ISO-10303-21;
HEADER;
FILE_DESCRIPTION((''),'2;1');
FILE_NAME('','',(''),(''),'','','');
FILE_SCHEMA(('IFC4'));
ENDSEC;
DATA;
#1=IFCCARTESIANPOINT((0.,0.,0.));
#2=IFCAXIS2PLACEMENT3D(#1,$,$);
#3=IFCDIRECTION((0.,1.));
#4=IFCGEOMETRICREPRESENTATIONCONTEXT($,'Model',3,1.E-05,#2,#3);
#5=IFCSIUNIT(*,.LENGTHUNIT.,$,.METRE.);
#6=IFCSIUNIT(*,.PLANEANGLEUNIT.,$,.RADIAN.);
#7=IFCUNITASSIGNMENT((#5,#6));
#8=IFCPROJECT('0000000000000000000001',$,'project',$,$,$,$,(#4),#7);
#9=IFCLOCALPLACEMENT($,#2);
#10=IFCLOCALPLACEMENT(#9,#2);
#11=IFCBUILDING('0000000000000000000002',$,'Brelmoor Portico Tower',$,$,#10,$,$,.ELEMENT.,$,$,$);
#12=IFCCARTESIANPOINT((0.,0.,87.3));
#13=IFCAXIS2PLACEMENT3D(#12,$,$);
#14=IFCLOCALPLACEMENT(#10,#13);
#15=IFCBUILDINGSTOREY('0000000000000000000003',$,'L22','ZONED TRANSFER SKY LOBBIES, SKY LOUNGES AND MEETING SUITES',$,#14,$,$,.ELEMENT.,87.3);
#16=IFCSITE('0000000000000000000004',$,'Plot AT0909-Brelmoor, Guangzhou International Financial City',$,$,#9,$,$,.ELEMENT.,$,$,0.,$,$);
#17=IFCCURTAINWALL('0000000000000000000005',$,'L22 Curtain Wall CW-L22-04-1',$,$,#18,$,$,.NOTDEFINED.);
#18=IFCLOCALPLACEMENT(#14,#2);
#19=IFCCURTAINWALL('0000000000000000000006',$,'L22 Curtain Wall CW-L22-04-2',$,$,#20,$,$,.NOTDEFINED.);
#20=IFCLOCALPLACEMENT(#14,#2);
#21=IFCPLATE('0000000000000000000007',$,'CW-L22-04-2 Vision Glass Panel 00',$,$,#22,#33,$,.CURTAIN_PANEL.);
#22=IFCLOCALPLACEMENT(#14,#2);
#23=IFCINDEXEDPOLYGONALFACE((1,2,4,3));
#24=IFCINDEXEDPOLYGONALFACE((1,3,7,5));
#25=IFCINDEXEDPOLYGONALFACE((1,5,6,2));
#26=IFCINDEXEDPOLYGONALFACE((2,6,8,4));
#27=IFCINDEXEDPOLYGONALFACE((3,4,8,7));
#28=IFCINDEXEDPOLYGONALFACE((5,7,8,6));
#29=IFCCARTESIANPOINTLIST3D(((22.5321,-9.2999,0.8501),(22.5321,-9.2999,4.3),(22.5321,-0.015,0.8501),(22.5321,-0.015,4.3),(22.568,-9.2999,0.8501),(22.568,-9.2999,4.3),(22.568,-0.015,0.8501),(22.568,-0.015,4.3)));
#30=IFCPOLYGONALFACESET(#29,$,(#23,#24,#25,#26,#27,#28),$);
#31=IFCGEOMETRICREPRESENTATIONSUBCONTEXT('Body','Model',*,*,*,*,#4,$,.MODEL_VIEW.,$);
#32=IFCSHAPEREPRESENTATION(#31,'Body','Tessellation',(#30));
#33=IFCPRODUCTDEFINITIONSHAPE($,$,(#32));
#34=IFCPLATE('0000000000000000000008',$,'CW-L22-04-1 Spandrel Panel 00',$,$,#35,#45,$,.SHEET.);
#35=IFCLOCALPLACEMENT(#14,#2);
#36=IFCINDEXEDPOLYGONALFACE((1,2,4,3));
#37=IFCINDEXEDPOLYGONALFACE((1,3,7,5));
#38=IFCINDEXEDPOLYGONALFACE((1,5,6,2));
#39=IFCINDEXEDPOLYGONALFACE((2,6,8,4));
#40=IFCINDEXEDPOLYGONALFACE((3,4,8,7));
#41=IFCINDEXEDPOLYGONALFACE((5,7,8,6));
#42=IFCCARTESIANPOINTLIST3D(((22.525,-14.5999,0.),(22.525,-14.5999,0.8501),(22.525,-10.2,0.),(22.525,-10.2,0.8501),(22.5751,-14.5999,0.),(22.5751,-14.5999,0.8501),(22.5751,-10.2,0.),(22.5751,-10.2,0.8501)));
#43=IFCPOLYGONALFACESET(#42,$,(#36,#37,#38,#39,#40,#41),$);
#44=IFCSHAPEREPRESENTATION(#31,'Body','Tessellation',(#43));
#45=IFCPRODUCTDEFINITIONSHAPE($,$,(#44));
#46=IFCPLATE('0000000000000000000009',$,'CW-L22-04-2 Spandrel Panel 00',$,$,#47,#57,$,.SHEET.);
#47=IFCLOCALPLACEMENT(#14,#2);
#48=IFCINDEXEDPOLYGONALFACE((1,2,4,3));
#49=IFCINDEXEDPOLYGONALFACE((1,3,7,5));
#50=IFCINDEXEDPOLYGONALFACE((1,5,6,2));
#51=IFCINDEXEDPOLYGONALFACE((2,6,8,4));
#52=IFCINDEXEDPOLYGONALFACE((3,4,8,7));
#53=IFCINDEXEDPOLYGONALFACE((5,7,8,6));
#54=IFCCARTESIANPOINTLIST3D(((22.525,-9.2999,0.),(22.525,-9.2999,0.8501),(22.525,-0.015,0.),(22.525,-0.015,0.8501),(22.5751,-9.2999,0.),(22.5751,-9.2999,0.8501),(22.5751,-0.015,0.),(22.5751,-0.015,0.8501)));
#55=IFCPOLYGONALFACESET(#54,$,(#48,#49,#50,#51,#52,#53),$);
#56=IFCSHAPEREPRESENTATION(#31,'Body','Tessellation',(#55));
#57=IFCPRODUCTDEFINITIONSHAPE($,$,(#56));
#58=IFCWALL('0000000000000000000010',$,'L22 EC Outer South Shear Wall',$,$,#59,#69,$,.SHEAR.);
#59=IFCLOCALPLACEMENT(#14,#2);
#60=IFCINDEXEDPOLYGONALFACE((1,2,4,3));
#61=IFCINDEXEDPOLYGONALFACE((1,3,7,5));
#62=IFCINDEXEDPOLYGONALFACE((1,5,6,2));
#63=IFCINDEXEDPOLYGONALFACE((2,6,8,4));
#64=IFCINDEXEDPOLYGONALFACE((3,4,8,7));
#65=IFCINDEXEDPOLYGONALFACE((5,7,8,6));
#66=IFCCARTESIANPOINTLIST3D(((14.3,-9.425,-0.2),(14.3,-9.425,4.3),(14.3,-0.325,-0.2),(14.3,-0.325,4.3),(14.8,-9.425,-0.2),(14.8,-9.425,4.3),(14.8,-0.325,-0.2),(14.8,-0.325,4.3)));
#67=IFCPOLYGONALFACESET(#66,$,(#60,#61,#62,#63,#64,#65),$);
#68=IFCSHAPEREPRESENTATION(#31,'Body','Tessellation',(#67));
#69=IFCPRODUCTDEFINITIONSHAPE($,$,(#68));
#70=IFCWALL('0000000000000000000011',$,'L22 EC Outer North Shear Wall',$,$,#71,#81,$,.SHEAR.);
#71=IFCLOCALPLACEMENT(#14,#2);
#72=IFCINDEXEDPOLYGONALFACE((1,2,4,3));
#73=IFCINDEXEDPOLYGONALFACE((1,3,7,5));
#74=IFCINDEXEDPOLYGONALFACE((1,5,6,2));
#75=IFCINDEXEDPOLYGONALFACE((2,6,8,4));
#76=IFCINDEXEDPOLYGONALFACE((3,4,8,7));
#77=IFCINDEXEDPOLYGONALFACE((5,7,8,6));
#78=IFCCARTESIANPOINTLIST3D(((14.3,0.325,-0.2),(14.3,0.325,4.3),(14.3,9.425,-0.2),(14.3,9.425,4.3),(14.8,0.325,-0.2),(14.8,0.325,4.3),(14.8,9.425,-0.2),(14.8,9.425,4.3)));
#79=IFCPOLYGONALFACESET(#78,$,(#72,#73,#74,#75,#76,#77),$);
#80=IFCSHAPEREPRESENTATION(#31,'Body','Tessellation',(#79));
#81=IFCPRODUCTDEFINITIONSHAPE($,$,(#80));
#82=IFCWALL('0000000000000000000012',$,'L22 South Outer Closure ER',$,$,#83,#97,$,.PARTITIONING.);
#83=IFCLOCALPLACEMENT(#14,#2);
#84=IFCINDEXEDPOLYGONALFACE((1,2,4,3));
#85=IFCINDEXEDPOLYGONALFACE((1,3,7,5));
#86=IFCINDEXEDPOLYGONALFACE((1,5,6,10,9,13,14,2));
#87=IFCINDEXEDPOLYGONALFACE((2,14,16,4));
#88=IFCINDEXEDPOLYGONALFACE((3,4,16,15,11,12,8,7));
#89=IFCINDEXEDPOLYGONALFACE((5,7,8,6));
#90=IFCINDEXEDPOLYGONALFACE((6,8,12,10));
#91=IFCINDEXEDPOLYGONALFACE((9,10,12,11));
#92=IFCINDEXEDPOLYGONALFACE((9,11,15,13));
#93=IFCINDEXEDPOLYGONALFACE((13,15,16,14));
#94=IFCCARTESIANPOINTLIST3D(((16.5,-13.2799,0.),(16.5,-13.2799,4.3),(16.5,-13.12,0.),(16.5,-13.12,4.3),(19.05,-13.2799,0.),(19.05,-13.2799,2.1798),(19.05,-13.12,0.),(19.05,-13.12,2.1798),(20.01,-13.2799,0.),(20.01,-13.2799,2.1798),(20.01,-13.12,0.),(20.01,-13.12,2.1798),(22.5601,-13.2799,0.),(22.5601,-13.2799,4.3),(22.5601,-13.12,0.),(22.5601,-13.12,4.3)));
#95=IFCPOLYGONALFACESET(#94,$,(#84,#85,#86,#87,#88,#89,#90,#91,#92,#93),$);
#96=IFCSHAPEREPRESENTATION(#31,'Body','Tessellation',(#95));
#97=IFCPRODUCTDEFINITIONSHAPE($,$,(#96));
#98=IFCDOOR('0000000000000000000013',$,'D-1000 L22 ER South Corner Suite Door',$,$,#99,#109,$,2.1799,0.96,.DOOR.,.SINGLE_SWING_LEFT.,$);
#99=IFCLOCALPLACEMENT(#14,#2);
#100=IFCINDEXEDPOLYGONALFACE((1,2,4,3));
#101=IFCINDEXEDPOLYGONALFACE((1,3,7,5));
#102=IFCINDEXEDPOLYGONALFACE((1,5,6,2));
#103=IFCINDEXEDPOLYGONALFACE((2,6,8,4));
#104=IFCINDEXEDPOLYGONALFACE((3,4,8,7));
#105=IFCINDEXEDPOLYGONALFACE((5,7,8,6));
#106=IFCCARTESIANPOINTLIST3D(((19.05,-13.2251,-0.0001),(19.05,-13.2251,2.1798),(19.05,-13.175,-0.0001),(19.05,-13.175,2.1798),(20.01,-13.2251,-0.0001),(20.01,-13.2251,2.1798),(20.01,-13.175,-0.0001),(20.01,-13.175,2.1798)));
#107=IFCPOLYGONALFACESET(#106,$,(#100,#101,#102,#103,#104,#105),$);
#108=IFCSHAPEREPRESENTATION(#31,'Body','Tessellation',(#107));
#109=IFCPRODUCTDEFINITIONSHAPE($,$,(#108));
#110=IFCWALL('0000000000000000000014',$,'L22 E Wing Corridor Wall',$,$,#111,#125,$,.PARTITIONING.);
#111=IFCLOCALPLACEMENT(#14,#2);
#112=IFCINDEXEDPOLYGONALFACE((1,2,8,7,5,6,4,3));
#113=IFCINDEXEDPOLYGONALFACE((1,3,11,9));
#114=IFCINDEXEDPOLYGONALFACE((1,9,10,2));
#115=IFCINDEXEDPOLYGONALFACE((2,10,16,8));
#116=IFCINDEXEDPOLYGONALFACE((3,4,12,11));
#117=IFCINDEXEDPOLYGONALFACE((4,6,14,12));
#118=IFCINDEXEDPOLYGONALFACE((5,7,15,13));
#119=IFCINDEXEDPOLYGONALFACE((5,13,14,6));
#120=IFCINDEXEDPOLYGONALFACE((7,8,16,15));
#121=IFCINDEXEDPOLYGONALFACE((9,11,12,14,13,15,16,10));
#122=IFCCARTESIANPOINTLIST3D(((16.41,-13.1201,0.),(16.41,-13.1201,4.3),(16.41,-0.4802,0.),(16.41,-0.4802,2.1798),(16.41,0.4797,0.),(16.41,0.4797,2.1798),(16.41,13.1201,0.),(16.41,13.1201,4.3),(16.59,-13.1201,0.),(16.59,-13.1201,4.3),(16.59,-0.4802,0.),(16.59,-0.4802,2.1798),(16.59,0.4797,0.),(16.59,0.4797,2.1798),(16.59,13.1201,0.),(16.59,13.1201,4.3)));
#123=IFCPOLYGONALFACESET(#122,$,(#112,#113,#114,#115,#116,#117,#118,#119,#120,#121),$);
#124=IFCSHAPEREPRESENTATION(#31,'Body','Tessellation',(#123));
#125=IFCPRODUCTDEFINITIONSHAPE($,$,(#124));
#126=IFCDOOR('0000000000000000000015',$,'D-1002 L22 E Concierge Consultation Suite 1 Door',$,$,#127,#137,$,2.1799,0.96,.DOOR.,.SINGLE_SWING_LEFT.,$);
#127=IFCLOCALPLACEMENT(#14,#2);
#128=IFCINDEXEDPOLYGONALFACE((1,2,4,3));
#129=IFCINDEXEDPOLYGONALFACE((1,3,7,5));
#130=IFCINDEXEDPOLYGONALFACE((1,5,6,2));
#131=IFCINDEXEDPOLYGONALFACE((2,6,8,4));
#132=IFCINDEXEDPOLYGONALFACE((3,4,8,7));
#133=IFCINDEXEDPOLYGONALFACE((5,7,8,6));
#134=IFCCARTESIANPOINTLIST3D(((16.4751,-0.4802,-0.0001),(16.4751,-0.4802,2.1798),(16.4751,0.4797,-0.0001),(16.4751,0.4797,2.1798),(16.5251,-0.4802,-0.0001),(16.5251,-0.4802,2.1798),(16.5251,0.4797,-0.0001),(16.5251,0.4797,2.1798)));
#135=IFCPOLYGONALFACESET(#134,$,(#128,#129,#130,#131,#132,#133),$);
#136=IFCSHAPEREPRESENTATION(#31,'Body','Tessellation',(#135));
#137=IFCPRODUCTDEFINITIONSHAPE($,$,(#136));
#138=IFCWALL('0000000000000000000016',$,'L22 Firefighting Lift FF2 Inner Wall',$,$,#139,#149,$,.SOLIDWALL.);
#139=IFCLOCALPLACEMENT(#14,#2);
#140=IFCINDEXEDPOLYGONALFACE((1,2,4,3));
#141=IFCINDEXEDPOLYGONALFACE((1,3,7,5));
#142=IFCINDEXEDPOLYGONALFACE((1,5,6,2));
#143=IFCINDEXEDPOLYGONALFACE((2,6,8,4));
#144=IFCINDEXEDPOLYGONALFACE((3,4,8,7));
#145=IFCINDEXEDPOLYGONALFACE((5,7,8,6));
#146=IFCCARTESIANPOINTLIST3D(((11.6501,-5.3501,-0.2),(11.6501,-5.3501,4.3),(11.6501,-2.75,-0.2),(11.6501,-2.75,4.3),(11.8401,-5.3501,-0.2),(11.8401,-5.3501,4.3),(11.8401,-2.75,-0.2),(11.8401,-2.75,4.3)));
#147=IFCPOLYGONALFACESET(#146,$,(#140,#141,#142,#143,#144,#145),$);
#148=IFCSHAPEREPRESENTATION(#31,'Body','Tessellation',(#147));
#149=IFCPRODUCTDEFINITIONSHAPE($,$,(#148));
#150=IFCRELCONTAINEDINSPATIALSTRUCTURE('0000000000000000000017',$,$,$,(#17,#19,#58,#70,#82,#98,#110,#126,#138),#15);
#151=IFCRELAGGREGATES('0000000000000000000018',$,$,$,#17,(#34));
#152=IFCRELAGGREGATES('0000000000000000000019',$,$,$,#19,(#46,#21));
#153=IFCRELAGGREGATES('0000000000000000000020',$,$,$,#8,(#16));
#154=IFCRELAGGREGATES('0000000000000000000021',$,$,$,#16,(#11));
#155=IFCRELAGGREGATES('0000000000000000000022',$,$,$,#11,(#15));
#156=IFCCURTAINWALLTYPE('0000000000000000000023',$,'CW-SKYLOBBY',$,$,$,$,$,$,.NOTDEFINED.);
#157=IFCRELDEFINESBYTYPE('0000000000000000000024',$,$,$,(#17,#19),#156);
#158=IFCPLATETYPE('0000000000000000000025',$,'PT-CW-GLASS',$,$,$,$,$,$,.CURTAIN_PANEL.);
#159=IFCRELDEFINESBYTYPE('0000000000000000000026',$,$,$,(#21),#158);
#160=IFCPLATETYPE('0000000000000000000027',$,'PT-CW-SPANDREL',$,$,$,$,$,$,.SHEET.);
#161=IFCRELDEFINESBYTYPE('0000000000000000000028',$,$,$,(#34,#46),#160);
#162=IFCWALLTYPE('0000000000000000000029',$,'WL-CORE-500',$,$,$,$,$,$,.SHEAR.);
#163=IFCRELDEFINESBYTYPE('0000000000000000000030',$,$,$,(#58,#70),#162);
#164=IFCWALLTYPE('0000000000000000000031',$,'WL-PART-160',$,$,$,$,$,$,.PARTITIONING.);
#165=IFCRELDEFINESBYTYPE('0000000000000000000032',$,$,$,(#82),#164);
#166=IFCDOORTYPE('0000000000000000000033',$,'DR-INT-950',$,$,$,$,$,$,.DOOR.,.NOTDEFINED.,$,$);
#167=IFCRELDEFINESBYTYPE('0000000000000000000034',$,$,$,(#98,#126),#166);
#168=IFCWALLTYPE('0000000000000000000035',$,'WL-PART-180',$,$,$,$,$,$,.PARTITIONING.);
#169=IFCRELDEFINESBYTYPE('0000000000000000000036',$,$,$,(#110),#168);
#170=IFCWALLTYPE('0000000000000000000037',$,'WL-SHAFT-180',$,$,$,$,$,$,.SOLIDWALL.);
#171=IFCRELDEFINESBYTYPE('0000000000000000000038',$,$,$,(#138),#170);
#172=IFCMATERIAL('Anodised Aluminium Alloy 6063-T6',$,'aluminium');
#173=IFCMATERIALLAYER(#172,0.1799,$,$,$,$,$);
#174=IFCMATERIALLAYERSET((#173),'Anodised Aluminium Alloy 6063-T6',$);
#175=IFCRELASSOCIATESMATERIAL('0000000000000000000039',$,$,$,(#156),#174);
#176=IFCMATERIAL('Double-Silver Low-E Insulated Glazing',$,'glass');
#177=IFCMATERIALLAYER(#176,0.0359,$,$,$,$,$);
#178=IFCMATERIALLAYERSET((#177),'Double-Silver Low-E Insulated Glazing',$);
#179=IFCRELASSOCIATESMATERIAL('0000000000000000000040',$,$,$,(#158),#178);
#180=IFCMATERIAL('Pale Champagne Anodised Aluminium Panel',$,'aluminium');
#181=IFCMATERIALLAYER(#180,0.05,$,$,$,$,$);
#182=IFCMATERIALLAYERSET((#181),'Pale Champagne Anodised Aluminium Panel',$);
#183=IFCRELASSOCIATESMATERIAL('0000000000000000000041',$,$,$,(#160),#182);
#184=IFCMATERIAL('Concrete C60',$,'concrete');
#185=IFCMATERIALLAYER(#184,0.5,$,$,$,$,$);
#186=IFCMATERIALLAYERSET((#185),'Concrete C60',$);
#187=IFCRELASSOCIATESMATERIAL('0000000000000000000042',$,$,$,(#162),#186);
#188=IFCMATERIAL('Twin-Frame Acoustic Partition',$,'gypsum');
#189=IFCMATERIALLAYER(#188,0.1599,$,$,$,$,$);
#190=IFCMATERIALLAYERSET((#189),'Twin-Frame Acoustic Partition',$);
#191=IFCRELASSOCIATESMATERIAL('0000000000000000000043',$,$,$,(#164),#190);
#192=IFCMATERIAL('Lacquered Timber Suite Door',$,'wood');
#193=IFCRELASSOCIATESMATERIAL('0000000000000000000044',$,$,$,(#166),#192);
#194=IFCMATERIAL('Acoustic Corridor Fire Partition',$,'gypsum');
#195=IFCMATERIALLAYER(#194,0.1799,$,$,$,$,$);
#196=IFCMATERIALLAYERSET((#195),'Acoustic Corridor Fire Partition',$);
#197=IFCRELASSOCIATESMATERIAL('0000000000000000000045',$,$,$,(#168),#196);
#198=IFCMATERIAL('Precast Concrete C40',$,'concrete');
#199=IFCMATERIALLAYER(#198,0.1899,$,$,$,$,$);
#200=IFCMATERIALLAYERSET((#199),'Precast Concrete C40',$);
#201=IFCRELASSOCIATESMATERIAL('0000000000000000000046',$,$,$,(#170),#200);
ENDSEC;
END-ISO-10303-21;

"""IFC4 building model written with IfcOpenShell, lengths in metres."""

from ifc_helpers import new_model, si_unit, direction, frame, frame_2d, origin, origin_2d, place, context, subcontext, project, spatial, rectangle, extrude, material, layer, layer_set, type_object, element, fill, aggregate, save


model = new_model("IFC4")

# Units and contexts
model_context = context("Model", 3, precision=1e-05, world=origin(), true_north=direction((0.0, 1.0)))
body_context = subcontext(model_context, "Body", "Model", "MODEL_VIEW")
ifc_project = project(units=[si_unit("LENGTHUNIT", "METRE"), si_unit("PLANEANGLEUNIT", "RADIAN")], contexts=[model_context])

# Site, building, storey
site_placement = place(None, origin())
site = spatial("IfcSite", under=ifc_project, at=site_placement, Name="Plot AT0909-Brelmoor, Guangzhou International Financial City", CompositionType="ELEMENT", RefElevation=0.0)
building_placement = place(site_placement, origin())
building = spatial("IfcBuilding", under=site, at=building_placement, Name="Brelmoor Portico Tower", CompositionType="ELEMENT")
storey_placement = place(building_placement, frame((0.0, 0.0, 87.3)))
storey = spatial("IfcBuildingStorey", under=building, at=storey_placement, Name="L22", Description="ZONED TRANSFER SKY LOBBIES, SKY LOUNGES AND MEETING SUITES", CompositionType="ELEMENT", Elevation=87.3)

# Curtain walls
ifc_material_1 = material(Name="Anodised Aluminium Alloy 6063-T6", Category="aluminium")
ifc_layer_1 = layer(ifc_material_1, 0.1799)
ifc_layer_set_1 = layer_set([ifc_layer_1], Name="Anodised Aluminium Alloy 6063-T6")
curtain_wall_type = type_object("IfcCurtainWallType", Name="CW-SKYLOBBY", PredefinedType="NOTDEFINED", material=ifc_layer_set_1)
curtain_wall_1_placement = place(storey_placement, origin())
curtain_wall_1 = element("IfcCurtainWall", 1, at=curtain_wall_1_placement, inside=storey, type_object=curtain_wall_type, Name="L22 Curtain Wall CW-L22-04-1", PredefinedType="NOTDEFINED")
curtain_wall_2_placement = place(storey_placement, origin())
curtain_wall_2 = element("IfcCurtainWall", 2, at=curtain_wall_2_placement, inside=storey, type_object=curtain_wall_type, Name="L22 Curtain Wall CW-L22-04-2", PredefinedType="NOTDEFINED")

# Plates
ifc_material_2 = material(Name="Double-Silver Low-E Insulated Glazing", Category="glass")
ifc_layer_2 = layer(ifc_material_2, 0.0359)
ifc_layer_set_2 = layer_set([ifc_layer_2], Name="Double-Silver Low-E Insulated Glazing")
plate_type_1 = type_object("IfcPlateType", Name="PT-CW-GLASS", PredefinedType="CURTAIN_PANEL", material=ifc_layer_set_2)
plate_1_placement = place(storey_placement, frame((22.55, -4.6575, 0.8501), z_axis=(0.0, 0.0, 1.0), x_axis=(0.0, 1.0, 0.0)))
plate_1 = element("IfcPlate", 3, at=plate_1_placement, type_object=plate_type_1, Name="CW-L22-04-2 Vision Glass Panel 00", PredefinedType="CURTAIN_PANEL", context=body_context, shape_type="SweptSolid", body=[
    extrude(rectangle(XDim=9.2849, YDim=0.0359, at=origin_2d()), origin(), (0.0, 0.0, 1.0), 3.45),
])
ifc_material_3 = material(Name="Pale Champagne Anodised Aluminium Panel", Category="aluminium")
ifc_layer_3 = layer(ifc_material_3, 0.05)
ifc_layer_set_3 = layer_set([ifc_layer_3], Name="Pale Champagne Anodised Aluminium Panel")
plate_type_2 = type_object("IfcPlateType", Name="PT-CW-SPANDREL", PredefinedType="SHEET", material=ifc_layer_set_3)
plate_2_placement = place(storey_placement, frame((22.55, -12.3999, 0.0), z_axis=(0.0, 0.0, 1.0), x_axis=(0.0, 1.0, 0.0)))
plate_2 = element("IfcPlate", 4, at=plate_2_placement, type_object=plate_type_2, Name="CW-L22-04-1 Spandrel Panel 00", PredefinedType="SHEET", context=body_context, shape_type="SweptSolid", body=[
    extrude(rectangle(XDim=4.3999, YDim=0.05, at=origin_2d()), origin(), (0.0, 0.0, 1.0), 0.8501),
])
aggregate(curtain_wall_1, [plate_2])
plate_3_placement = place(storey_placement, frame((22.55, -4.6575, 0.0), z_axis=(0.0, 0.0, 1.0), x_axis=(0.0, 1.0, 0.0)))
plate_3 = element("IfcPlate", 5, at=plate_3_placement, type_object=plate_type_2, Name="CW-L22-04-2 Spandrel Panel 00", PredefinedType="SHEET", context=body_context, shape_type="SweptSolid", body=[
    extrude(rectangle(XDim=9.2849, YDim=0.05, at=origin_2d()), origin(), (0.0, 0.0, 1.0), 0.8501),
])
aggregate(curtain_wall_2, [plate_3, plate_1])

# Walls
ifc_material_4 = material(Name="Concrete C60", Category="concrete")
ifc_layer_4 = layer(ifc_material_4, 0.5)
ifc_layer_set_4 = layer_set([ifc_layer_4], Name="Concrete C60")
wall_type_1 = type_object("IfcWallType", Name="WL-CORE-500", PredefinedType="SHEAR", material=ifc_layer_set_4)
for number, where, z_axis, x_axis, name in (
    (6, (14.55, -9.425, -0.2), (0.0, 0.0, 1.0), (0.0, 1.0, 0.0), "L22 EC Outer South Shear Wall"),
    (7, (14.55, 0.325, -0.2), (0.0, 0.0, 1.0), (0.0, 1.0, 0.0), "L22 EC Outer North Shear Wall"),
):
    element("IfcWall", number, at=place(storey_placement, frame(where, z_axis=z_axis, x_axis=x_axis)), inside=storey, type_object=wall_type_1, Name=name, PredefinedType="SHEAR", context=body_context, shape_type="SweptSolid", body=[
        extrude(rectangle(XDim=9.1001, YDim=0.5, at=frame_2d((4.55, 0.0))), origin(), (0.0, 0.0, 1.0), 4.5),
    ])

# Walls, openings, doors
ifc_material_5 = material(Name="Twin-Frame Acoustic Partition", Category="gypsum")
ifc_layer_5 = layer(ifc_material_5, 0.1599)
ifc_layer_set_5 = layer_set([ifc_layer_5], Name="Twin-Frame Acoustic Partition")
wall_type_2 = type_object("IfcWallType", Name="WL-PART-160", PredefinedType="PARTITIONING", material=ifc_layer_set_5)
wall_1_placement = place(storey_placement, frame((16.5, -13.2, 0.0), z_axis=(0.0, 0.0, 1.0), x_axis=(1.0, 0.0, 0.0)))
wall_1 = element("IfcWall", 8, at=wall_1_placement, inside=storey, type_object=wall_type_2, Name="L22 South Outer Closure ER", PredefinedType="PARTITIONING", context=body_context, shape_type="SweptSolid", body=[
    extrude(rectangle(XDim=6.0601, YDim=0.1599, at=frame_2d((3.03, 0.0))), origin(), (0.0, 0.0, 1.0), 4.3),
])
opening_1_placement = place(wall_1_placement, frame((2.55, 0.0, 0.0)))
opening_1 = element("IfcOpeningElement", 9, at=opening_1_placement, cuts=wall_1, PredefinedType="OPENING", context=body_context, shape_type="SweptSolid", body=[
    extrude(rectangle(XDim=0.96, YDim=2.1799, at=frame_2d((0.48, 1.0898))), frame((0.0, 0.0898, 0.0), z_axis=(0.0, -1.0, 0.0), x_axis=(1.0, 0.0, 0.0)), (0.0, 0.0, 1.0), 0.1799),
])
ifc_material_6 = material(Name="Lacquered Timber Suite Door", Category="wood")
door_type = type_object("IfcDoorType", Name="DR-INT-950", OperationType="NOTDEFINED", PredefinedType="DOOR", material=ifc_material_6)
door_1_placement = place(opening_1_placement, origin())
door_1 = element("IfcDoor", 10, at=door_1_placement, inside=storey, type_object=door_type, Name="D-1000 L22 ER South Corner Suite Door", OperationType="SINGLE_SWING_LEFT", OverallHeight=2.1799, OverallWidth=0.96, PredefinedType="DOOR", context=body_context, shape_type="SweptSolid", body=[
    extrude(rectangle(XDim=0.96, YDim=2.1799, at=frame_2d((0.48, 1.0898))), frame((0.0, 0.0249, 0.0), z_axis=(0.0, -1.0, 0.0), x_axis=(1.0, 0.0, 0.0)), (0.0, 0.0, 1.0), 0.05),
])
fill(opening_1, door_1)
ifc_material_7 = material(Name="Acoustic Corridor Fire Partition", Category="gypsum")
ifc_layer_6 = layer(ifc_material_7, 0.1799)
ifc_layer_set_6 = layer_set([ifc_layer_6], Name="Acoustic Corridor Fire Partition")
wall_type_3 = type_object("IfcWallType", Name="WL-PART-180", PredefinedType="PARTITIONING", material=ifc_layer_set_6)
wall_2_placement = place(storey_placement, frame((16.5, -13.1201, 0.0), z_axis=(0.0, 0.0, 1.0), x_axis=(0.0, 1.0, 0.0)))
wall_2 = element("IfcWall", 11, at=wall_2_placement, inside=storey, type_object=wall_type_3, Name="L22 E Wing Corridor Wall", PredefinedType="PARTITIONING", context=body_context, shape_type="SweptSolid", body=[
    extrude(rectangle(XDim=26.2402, YDim=0.1799, at=frame_2d((13.1201, 0.0))), origin(), (0.0, 0.0, 1.0), 4.3),
])
opening_2_placement = place(wall_2_placement, frame((12.6399, 0.0, 0.0)))
opening_2 = element("IfcOpeningElement", 12, at=opening_2_placement, cuts=wall_2, PredefinedType="OPENING", context=body_context, shape_type="SweptSolid", body=[
    extrude(rectangle(XDim=0.96, YDim=2.1799, at=frame_2d((0.48, 1.0898))), frame((0.0, 0.0999, 0.0), z_axis=(0.0, -1.0, 0.0), x_axis=(1.0, 0.0, 0.0)), (0.0, 0.0, 1.0), 0.2),
])
door_2_placement = place(opening_2_placement, origin())
door_2 = element("IfcDoor", 13, at=door_2_placement, inside=storey, type_object=door_type, Name="D-1002 L22 E Concierge Consultation Suite 1 Door", OperationType="SINGLE_SWING_LEFT", OverallHeight=2.1799, OverallWidth=0.96, PredefinedType="DOOR", context=body_context, shape_type="SweptSolid", body=[
    extrude(rectangle(XDim=0.96, YDim=2.1799, at=frame_2d((0.48, 1.0898))), frame((0.0, 0.0249, 0.0), z_axis=(0.0, -1.0, 0.0), x_axis=(1.0, 0.0, 0.0)), (0.0, 0.0, 1.0), 0.05),
])
fill(opening_2, door_2)

# Wall
ifc_material_8 = material(Name="Precast Concrete C40", Category="concrete")
ifc_layer_7 = layer(ifc_material_8, 0.1899)
ifc_layer_set_7 = layer_set([ifc_layer_7], Name="Precast Concrete C40")
wall_type_4 = type_object("IfcWallType", Name="WL-SHAFT-180", PredefinedType="SOLIDWALL", material=ifc_layer_set_7)
wall_3_placement = place(storey_placement, frame((11.7451, -5.3501, -0.2), z_axis=(0.0, 0.0, 1.0), x_axis=(0.0, 1.0, 0.0)))
element("IfcWall", 14, at=wall_3_placement, inside=storey, type_object=wall_type_4, Name="L22 Firefighting Lift FF2 Inner Wall", PredefinedType="SOLIDWALL", context=body_context, shape_type="SweptSolid", body=[
    extrude(rectangle(XDim=2.6001, YDim=0.1899, at=frame_2d((1.3, 0.0))), origin(), (0.0, 0.0, 1.0), 4.5),
])

save(model, "model.ifc")
